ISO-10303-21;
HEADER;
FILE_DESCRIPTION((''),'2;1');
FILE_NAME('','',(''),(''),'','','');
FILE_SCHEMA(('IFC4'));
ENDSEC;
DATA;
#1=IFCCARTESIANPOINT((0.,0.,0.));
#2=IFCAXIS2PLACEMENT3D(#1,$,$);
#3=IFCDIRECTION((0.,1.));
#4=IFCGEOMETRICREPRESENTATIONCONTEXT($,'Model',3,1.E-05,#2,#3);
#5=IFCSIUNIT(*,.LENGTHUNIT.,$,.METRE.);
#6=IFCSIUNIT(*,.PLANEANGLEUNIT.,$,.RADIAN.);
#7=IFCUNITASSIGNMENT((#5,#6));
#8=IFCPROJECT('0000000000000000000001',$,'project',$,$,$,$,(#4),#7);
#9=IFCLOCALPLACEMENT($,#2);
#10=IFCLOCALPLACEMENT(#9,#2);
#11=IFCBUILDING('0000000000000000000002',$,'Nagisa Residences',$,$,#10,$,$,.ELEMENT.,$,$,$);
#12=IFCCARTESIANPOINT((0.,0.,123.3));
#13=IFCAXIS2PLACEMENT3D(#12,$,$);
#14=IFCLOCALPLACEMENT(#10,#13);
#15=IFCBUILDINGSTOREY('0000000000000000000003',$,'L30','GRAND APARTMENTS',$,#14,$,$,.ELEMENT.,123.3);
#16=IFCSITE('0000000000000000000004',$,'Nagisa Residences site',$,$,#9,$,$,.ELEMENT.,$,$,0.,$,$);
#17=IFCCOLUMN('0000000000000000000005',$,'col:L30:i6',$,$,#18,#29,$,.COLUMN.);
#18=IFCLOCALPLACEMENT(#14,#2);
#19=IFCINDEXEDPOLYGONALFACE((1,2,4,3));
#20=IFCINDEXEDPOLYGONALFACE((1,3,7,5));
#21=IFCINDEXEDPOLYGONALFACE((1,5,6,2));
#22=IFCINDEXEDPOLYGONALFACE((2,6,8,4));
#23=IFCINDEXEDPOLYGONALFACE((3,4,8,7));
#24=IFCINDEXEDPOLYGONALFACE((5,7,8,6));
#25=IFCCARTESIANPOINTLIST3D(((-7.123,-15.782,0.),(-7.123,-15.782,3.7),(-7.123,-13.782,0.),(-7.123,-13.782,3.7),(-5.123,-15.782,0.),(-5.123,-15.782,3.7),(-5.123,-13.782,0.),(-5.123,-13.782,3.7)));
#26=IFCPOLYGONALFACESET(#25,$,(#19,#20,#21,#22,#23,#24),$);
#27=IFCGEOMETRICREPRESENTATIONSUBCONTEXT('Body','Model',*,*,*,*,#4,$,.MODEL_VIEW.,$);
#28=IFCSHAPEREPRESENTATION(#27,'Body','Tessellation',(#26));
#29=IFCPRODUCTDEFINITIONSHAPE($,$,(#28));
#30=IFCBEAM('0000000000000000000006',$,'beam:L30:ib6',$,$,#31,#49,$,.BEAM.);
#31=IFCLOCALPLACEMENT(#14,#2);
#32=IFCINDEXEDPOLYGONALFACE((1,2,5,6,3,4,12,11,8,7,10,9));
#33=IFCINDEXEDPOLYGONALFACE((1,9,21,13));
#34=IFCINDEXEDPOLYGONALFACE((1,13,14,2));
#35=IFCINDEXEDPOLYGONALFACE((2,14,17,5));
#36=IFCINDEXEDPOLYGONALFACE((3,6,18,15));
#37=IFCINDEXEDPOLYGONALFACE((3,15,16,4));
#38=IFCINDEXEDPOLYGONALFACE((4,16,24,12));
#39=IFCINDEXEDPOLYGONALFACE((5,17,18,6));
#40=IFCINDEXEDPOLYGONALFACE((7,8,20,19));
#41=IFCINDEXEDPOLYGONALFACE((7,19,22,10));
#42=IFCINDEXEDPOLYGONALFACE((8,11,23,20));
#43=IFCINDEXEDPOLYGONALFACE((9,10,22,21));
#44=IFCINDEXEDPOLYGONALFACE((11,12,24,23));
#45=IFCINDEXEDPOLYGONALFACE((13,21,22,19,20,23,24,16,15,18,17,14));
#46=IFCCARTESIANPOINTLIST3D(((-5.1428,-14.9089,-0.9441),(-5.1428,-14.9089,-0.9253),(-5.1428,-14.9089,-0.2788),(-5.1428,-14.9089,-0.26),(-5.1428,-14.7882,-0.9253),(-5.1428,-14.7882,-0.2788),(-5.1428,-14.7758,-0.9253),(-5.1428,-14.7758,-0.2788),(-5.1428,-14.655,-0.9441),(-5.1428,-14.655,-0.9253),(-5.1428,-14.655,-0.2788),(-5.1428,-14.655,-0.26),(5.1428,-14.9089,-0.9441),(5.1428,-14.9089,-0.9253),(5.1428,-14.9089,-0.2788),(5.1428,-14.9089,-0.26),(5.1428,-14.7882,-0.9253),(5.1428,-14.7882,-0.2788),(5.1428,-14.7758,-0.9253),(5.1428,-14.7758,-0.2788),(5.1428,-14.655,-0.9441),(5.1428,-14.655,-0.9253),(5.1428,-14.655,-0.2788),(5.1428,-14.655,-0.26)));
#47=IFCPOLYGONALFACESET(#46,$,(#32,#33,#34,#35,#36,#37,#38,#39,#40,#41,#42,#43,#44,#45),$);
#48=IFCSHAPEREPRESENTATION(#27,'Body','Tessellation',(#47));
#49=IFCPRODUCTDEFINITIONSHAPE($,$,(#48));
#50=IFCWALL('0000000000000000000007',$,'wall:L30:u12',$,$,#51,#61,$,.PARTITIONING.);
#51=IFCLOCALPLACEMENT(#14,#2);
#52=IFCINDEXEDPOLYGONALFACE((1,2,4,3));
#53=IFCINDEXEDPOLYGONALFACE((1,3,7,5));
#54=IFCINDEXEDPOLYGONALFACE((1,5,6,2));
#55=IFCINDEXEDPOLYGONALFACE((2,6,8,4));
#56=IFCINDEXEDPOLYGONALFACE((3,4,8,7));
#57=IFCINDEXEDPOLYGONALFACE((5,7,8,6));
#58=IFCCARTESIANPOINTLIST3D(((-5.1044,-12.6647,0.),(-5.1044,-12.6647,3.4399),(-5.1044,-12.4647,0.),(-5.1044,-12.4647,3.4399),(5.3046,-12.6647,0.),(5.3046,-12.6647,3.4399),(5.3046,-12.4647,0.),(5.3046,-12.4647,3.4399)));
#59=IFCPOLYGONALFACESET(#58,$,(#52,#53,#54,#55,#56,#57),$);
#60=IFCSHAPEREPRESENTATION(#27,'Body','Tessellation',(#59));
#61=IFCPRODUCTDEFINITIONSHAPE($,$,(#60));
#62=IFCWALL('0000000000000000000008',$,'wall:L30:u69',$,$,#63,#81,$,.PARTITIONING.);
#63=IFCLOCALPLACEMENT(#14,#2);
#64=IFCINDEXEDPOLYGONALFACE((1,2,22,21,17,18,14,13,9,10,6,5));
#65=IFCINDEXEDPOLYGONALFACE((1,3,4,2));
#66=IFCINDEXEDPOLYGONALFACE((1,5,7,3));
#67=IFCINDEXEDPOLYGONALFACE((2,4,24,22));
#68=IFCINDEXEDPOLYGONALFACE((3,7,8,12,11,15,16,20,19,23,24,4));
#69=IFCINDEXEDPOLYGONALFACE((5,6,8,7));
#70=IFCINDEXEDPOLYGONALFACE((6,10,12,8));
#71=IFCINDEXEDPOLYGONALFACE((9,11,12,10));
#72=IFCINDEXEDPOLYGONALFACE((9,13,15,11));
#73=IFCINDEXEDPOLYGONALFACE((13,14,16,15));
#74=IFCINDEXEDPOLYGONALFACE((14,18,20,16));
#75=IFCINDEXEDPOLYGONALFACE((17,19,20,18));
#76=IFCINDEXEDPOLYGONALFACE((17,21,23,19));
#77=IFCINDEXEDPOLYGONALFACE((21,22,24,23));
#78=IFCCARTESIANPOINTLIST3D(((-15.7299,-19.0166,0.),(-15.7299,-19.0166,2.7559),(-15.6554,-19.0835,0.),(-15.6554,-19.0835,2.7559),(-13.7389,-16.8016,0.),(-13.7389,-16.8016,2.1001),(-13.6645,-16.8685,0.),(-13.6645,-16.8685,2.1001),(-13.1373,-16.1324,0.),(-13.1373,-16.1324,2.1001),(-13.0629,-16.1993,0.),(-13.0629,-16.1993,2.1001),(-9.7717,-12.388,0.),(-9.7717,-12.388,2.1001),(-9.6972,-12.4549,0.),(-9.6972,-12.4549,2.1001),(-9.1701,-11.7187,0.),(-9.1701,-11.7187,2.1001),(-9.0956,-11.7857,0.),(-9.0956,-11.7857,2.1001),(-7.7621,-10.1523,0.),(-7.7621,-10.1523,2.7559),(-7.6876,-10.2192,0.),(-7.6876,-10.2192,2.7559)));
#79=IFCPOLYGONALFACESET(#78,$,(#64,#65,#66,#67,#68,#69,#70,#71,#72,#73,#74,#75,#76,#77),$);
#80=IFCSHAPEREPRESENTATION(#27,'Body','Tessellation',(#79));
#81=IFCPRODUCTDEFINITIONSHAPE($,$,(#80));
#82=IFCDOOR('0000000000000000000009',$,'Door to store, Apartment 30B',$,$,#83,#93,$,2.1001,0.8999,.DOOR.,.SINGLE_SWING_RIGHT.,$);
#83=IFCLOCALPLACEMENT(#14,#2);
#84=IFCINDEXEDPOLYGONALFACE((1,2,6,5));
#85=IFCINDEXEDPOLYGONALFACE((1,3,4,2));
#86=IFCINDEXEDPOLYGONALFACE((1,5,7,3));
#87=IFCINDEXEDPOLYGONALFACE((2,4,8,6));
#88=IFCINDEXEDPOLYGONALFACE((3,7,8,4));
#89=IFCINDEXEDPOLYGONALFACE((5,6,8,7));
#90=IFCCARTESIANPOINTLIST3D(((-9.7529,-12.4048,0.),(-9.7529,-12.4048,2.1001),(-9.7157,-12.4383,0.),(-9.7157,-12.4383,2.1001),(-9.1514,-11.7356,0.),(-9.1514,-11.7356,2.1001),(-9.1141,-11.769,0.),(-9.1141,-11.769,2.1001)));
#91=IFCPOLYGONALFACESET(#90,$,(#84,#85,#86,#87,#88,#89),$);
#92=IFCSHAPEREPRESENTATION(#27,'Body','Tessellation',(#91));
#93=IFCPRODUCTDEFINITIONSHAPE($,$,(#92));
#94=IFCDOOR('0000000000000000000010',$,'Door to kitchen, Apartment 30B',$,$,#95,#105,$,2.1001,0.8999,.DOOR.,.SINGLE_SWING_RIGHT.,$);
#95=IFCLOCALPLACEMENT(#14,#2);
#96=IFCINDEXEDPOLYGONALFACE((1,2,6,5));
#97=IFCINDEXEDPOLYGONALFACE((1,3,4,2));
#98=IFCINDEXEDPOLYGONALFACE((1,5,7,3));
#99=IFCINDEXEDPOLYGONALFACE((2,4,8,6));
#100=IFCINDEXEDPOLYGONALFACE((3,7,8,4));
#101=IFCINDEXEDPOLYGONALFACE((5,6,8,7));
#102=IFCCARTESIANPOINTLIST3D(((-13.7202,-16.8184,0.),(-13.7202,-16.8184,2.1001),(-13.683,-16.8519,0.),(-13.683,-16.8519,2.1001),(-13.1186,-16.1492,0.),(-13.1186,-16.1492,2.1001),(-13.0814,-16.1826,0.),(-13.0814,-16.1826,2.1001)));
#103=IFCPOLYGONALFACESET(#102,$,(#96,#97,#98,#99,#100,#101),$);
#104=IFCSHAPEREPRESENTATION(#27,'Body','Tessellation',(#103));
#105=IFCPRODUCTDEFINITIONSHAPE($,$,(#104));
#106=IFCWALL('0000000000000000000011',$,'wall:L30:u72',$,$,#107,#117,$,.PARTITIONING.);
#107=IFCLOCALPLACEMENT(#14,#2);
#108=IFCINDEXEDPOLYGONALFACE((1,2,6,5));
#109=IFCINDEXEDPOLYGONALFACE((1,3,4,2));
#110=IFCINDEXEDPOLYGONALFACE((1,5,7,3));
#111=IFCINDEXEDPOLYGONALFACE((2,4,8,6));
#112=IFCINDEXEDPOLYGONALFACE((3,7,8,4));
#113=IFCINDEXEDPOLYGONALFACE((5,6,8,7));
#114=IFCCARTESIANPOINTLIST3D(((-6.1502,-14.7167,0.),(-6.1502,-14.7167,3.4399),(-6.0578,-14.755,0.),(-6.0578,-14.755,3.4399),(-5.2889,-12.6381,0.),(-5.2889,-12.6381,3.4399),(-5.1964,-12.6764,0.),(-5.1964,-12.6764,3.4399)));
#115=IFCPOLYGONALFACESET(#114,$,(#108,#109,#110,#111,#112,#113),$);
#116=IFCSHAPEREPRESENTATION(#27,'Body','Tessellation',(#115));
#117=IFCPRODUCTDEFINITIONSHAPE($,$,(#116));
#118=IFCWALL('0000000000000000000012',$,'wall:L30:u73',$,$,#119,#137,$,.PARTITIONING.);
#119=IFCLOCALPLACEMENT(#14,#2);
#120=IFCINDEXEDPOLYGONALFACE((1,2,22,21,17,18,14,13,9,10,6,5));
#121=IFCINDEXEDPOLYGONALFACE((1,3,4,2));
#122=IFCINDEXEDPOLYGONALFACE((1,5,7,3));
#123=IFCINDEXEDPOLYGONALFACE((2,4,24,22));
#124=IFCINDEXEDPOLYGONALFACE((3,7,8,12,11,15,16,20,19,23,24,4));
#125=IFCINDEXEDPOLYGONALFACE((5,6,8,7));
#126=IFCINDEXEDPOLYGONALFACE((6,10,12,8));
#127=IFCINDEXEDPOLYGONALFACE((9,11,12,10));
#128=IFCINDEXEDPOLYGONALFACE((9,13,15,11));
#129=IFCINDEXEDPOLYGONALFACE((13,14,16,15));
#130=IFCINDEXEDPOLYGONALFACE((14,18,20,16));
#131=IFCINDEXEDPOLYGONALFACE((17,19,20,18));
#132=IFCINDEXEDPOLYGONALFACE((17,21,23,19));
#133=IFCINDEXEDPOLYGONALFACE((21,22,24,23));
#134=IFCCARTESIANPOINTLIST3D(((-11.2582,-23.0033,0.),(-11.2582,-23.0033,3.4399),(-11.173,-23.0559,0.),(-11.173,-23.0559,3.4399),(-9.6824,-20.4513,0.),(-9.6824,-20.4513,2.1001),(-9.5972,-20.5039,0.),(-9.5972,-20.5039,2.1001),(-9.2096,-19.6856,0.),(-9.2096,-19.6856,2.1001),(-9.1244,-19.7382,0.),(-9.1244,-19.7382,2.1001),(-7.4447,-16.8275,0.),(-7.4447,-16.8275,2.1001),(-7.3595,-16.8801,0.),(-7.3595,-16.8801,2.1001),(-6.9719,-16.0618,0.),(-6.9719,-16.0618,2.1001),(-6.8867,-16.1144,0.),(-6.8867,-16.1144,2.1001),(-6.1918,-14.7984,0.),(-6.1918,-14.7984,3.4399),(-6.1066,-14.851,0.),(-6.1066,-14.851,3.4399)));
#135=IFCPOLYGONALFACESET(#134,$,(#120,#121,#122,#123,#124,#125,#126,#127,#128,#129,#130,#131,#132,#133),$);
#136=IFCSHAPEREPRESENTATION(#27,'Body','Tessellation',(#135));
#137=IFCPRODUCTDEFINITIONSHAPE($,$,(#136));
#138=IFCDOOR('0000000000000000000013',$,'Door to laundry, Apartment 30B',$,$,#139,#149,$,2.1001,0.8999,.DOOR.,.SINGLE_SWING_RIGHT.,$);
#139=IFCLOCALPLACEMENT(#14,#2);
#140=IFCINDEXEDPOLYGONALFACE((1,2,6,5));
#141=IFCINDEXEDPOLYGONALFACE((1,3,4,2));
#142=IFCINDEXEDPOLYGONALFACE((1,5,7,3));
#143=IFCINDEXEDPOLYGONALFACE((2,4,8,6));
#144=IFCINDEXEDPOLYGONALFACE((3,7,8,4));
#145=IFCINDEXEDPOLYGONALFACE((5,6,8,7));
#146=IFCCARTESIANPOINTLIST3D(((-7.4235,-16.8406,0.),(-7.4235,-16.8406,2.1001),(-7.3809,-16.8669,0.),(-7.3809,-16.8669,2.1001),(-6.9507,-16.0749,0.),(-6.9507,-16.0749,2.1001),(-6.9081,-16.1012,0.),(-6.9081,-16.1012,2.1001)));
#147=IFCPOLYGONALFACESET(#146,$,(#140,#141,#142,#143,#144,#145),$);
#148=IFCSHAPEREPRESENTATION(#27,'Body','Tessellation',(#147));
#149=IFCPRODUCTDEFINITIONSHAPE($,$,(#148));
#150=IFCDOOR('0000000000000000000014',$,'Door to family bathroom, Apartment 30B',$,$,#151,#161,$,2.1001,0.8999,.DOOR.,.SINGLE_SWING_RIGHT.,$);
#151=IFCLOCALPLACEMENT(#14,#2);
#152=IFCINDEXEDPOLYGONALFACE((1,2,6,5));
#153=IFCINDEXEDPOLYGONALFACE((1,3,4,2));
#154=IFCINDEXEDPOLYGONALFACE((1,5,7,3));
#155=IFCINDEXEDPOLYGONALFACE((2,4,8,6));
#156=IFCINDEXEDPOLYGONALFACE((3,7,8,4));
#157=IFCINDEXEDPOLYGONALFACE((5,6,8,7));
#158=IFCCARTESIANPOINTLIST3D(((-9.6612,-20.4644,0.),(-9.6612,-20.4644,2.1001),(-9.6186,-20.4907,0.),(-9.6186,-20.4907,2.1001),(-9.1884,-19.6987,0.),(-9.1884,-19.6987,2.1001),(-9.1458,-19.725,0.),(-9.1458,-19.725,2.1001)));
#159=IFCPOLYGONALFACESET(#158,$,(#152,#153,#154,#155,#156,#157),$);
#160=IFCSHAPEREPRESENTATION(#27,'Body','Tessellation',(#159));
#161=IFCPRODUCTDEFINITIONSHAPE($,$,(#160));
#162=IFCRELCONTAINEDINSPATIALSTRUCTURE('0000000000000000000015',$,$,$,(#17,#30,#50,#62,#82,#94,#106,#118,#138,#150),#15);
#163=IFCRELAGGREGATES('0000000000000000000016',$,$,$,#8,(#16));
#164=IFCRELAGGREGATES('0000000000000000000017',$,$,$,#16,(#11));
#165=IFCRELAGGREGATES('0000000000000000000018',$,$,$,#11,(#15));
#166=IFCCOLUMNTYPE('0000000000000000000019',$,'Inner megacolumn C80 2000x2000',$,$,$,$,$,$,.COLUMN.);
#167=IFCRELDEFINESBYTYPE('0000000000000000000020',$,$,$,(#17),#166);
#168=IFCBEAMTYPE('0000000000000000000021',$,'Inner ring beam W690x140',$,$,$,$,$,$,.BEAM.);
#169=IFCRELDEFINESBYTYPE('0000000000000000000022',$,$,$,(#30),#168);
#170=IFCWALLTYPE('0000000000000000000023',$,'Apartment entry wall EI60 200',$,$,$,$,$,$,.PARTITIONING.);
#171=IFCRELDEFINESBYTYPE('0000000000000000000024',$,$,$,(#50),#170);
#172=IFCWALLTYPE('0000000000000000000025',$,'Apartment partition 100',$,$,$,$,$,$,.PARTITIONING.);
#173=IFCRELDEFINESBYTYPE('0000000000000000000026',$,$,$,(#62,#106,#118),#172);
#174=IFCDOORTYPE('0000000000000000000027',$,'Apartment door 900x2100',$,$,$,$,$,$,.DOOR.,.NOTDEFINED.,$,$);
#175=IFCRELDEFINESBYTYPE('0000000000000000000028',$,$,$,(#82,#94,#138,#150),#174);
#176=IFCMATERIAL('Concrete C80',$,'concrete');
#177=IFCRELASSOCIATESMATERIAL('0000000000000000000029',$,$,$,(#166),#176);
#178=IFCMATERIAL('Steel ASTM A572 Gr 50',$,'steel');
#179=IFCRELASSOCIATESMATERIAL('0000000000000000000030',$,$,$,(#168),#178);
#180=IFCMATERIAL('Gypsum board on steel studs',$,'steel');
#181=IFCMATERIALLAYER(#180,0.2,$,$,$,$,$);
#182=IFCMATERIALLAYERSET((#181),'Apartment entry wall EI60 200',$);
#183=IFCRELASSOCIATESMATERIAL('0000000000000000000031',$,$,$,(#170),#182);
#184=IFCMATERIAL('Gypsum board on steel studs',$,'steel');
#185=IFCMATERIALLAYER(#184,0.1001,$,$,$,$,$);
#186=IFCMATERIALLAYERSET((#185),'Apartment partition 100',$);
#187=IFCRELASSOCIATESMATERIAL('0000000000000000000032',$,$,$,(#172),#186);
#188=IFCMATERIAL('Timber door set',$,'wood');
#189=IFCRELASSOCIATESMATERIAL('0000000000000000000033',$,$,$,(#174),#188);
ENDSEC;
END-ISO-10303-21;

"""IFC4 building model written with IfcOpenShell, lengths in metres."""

from ifc_helpers import new_model, si_unit, direction, frame, frame_2d, origin, origin_2d, place, context, subcontext, project, spatial, rectangle, i_section, extrude, material, layer, layer_set, material_profile, profile_set, type_object, element, fill, save


model = new_model("IFC4")

# Units and contexts
model_context = context("Model", 3, precision=1e-05, world=origin(), true_north=direction((0.0, 1.0)))
body_context = subcontext(model_context, "Body", "Model", "MODEL_VIEW")
ifc_project = project(units=[si_unit("LENGTHUNIT", "METRE"), si_unit("PLANEANGLEUNIT", "RADIAN")], contexts=[model_context])

# Site, building, storey
site_placement = place(None, origin())
site = spatial("IfcSite", under=ifc_project, at=site_placement, Name="Nagisa Residences site", CompositionType="ELEMENT", RefElevation=0.0)
building_placement = place(site_placement, origin())
building = spatial("IfcBuilding", under=site, at=building_placement, Name="Nagisa Residences", CompositionType="ELEMENT")
storey_placement = place(building_placement, frame((0.0, 0.0, 123.3)))
storey = spatial("IfcBuildingStorey", under=building, at=storey_placement, Name="L30", Description="GRAND APARTMENTS", CompositionType="ELEMENT", Elevation=123.3)

# Column
ifc_material_1 = material(Name="Concrete C80", Category="concrete")
ifc_material_profile_1 = material_profile(ifc_material_1, rectangle(XDim=2.0, YDim=2.0, at=origin_2d()), Name="C80 2000x2000")
ifc_profile_set_1 = profile_set([ifc_material_profile_1], Name="Concrete C80")
column_type = type_object("IfcColumnType", Name="Inner megacolumn C80 2000x2000", PredefinedType="COLUMN", material=ifc_profile_set_1)
column_placement = place(storey_placement, frame((-6.123, -14.782, 0.0), z_axis=(0.0, 0.0, 1.0), x_axis=(1.0, 0.0, 0.0)))
element("IfcColumn", 1, at=column_placement, inside=storey, type_object=column_type, Name="col:L30:i6", PredefinedType="COLUMN", context=body_context, shape_type="SweptSolid", body=[
    extrude(rectangle(XDim=2.0, YDim=2.0, at=origin_2d()), origin(), (0.0, 0.0, 1.0), 3.7),
])

# Beam
ifc_material_2 = material(Name="Steel ASTM A572 Gr 50", Category="steel")
ifc_material_profile_2 = material_profile(ifc_material_2, i_section(OverallWidth=0.2539, OverallDepth=0.6841, WebThickness=0.0125, FlangeThickness=0.0188, at=origin_2d()), Name="W690x140")
ifc_profile_set_2 = profile_set([ifc_material_profile_2], Name="Steel ASTM A572 Gr 50")
beam_type = type_object("IfcBeamType", Name="Inner ring beam W690x140", PredefinedType="BEAM", material=ifc_profile_set_2)
beam_placement = place(storey_placement, frame((-5.1428, -14.782, -0.6021), z_axis=(1.0, 0.0, 0.0), x_axis=(0.0, 1.0, 0.0)))
element("IfcBeam", 2, at=beam_placement, inside=storey, type_object=beam_type, Name="beam:L30:ib6", PredefinedType="BEAM", context=body_context, shape_type="SweptSolid", body=[
    extrude(i_section(OverallWidth=0.2539, OverallDepth=0.6841, WebThickness=0.0125, FlangeThickness=0.0188, at=origin_2d()), origin(), (0.0, 0.0, 1.0), 10.2856),
])

# Wall
ifc_material_3 = material(Name="Gypsum board on steel studs", Category="steel")
ifc_layer_1 = layer(ifc_material_3, 0.2)
ifc_layer_set_1 = layer_set([ifc_layer_1], Name="Apartment entry wall EI60 200")
wall_type_1 = type_object("IfcWallType", Name="Apartment entry wall EI60 200", PredefinedType="PARTITIONING", material=ifc_layer_set_1)
wall_1_placement = place(storey_placement, frame((-5.1045, -12.5647, 0.0), z_axis=(0.0, 0.0, 1.0), x_axis=(1.0, 0.0, 0.0)))
element("IfcWall", 3, at=wall_1_placement, inside=storey, type_object=wall_type_1, Name="wall:L30:u12", PredefinedType="PARTITIONING", context=body_context, shape_type="SweptSolid", body=[
    extrude(rectangle(XDim=10.4089, YDim=0.2, at=frame_2d((5.2046, 0.0))), origin(), (0.0, 0.0, 1.0), 3.4399),
])

# Wall, openings, doors
ifc_material_4 = material(Name="Gypsum board on steel studs", Category="steel")
ifc_layer_2 = layer(ifc_material_4, 0.1001)
ifc_layer_set_2 = layer_set([ifc_layer_2], Name="Apartment partition 100")
wall_type_2 = type_object("IfcWallType", Name="Apartment partition 100", PredefinedType="PARTITIONING", material=ifc_layer_set_2)
wall_2_placement = place(storey_placement, frame((-7.7249, -10.1858, 0.0), z_axis=(0.0, 0.0, 1.0), x_axis=(-0.668498, -0.743714, 0.0)))
wall_2 = element("IfcWall", 4, at=wall_2_placement, inside=storey, type_object=wall_type_2, Name="wall:L30:u69", PredefinedType="PARTITIONING", context=body_context, shape_type="SweptSolid", body=[
    extrude(rectangle(XDim=11.9189, YDim=0.1001, at=frame_2d((5.9595, 0.0))), origin(), (0.0, 0.0, 1.0), 2.7559),
])
opening_1_placement = place(wall_2_placement, frame((2.1062, 0.0, 0.0)))
opening_1 = element("IfcOpeningElement", 5, at=opening_1_placement, cuts=wall_2, PredefinedType="OPENING", context=body_context, shape_type="SweptSolid", body=[
    extrude(rectangle(XDim=0.8999, YDim=2.1001, at=frame_2d((0.45, 1.05))), frame((0.0, 0.0601, 0.0), z_axis=(0.0, -1.0, 0.0), x_axis=(1.0, 0.0, 0.0)), (0.0, 0.0, 1.0), 0.1201),
])
opening_2_placement = place(wall_2_placement, frame((8.0408, 0.0, 0.0)))
opening_2 = element("IfcOpeningElement", 6, at=opening_2_placement, cuts=wall_2, PredefinedType="OPENING", context=body_context, shape_type="SweptSolid", body=[
    extrude(rectangle(XDim=0.8999, YDim=2.1001, at=frame_2d((0.45, 1.05))), frame((0.0, 0.0601, 0.0), z_axis=(0.0, -1.0, 0.0), x_axis=(1.0, 0.0, 0.0)), (0.0, 0.0, 1.0), 0.1201),
])
ifc_material_5 = material(Name="Timber door set", Category="wood")
door_type_1 = type_object("IfcDoorType", Name="Apartment door 900x2100", OperationType="NOTDEFINED", PredefinedType="DOOR", material=ifc_material_5)
door_1_placement = place(opening_1_placement, frame((0.8999, 0.0, 0.0), x_axis=(-1.0, 0.0, 0.0)))
door_1 = element("IfcDoor", 7, at=door_1_placement, inside=storey, type_object=door_type_1, Name="Door to store, Apartment 30B", OperationType="SINGLE_SWING_RIGHT", OverallHeight=2.1001, OverallWidth=0.8999, PredefinedType="DOOR", context=body_context, shape_type="SweptSolid", body=[
    extrude(rectangle(XDim=0.8999, YDim=2.1001, at=frame_2d((0.45, 1.05))), frame((0.0, 0.0249, 0.0), z_axis=(0.0, -1.0, 0.0), x_axis=(1.0, 0.0, 0.0)), (0.0, 0.0, 1.0), 0.05),
])
fill(opening_1, door_1)
door_2_placement = place(opening_2_placement, frame((0.8999, 0.0, 0.0), x_axis=(-1.0, 0.0, 0.0)))
door_2 = element("IfcDoor", 8, at=door_2_placement, inside=storey, type_object=door_type_1, Name="Door to kitchen, Apartment 30B", OperationType="SINGLE_SWING_RIGHT", OverallHeight=2.1001, OverallWidth=0.8999, PredefinedType="DOOR", context=body_context, shape_type="SweptSolid", body=[
    extrude(rectangle(XDim=0.8999, YDim=2.1001, at=frame_2d((0.45, 1.05))), frame((0.0, 0.0249, 0.0), z_axis=(0.0, -1.0, 0.0), x_axis=(1.0, 0.0, 0.0)), (0.0, 0.0, 1.0), 0.05),
])
fill(opening_2, door_2)

# Wall
wall_3_placement = place(storey_placement, frame((-5.2427, -12.6572, 0.0), z_axis=(0.0, 0.0, 1.0), x_axis=(-0.382812, -0.923826, 0.0)))
element("IfcWall", 9, at=wall_3_placement, inside=storey, type_object=wall_type_2, Name="wall:L30:u72", PredefinedType="PARTITIONING", context=body_context, shape_type="SweptSolid", body=[
    extrude(rectangle(XDim=2.25, YDim=0.1001, at=frame_2d((1.125, 0.0))), origin(), (0.0, 0.0, 1.0), 3.4399),
])

# Wall, openings, doors
wall_4_placement = place(storey_placement, frame((-6.1492, -14.8247, 0.0), z_axis=(0.0, 0.0, 1.0), x_axis=(-0.525396, -0.850858, 0.0)))
wall_4 = element("IfcWall", 10, at=wall_4_placement, inside=storey, type_object=wall_type_2, Name="wall:L30:u73", PredefinedType="PARTITIONING", context=body_context, shape_type="SweptSolid", body=[
    extrude(rectangle(XDim=9.6431, YDim=0.1001, at=frame_2d((4.8215, 0.0))), origin(), (0.0, 0.0, 1.0), 3.4399),
])
opening_3_placement = place(wall_4_placement, frame((1.4849, 0.0, 0.0)))
opening_3 = element("IfcOpeningElement", 11, at=opening_3_placement, cuts=wall_4, PredefinedType="OPENING", context=body_context, shape_type="SweptSolid", body=[
    extrude(rectangle(XDim=0.8999, YDim=2.1001, at=frame_2d((0.45, 1.05))), frame((0.0, 0.0601, 0.0), z_axis=(0.0, -1.0, 0.0), x_axis=(1.0, 0.0, 0.0)), (0.0, 0.0, 1.0), 0.1201),
])
opening_4_placement = place(wall_4_placement, frame((5.7439, 0.0, 0.0)))
opening_4 = element("IfcOpeningElement", 12, at=opening_4_placement, cuts=wall_4, PredefinedType="OPENING", context=body_context, shape_type="SweptSolid", body=[
    extrude(rectangle(XDim=0.8999, YDim=2.1001, at=frame_2d((0.45, 1.05))), frame((0.0, 0.0601, 0.0), z_axis=(0.0, -1.0, 0.0), x_axis=(1.0, 0.0, 0.0)), (0.0, 0.0, 1.0), 0.1201),
])
door_3_placement = place(opening_3_placement, origin())
door_3 = element("IfcDoor", 13, at=door_3_placement, inside=storey, type_object=door_type_1, Name="Door to laundry, Apartment 30B", OperationType="SINGLE_SWING_RIGHT", OverallHeight=2.1001, OverallWidth=0.8999, PredefinedType="DOOR", context=body_context, shape_type="SweptSolid", body=[
    extrude(rectangle(XDim=0.8999, YDim=2.1001, at=frame_2d((0.45, 1.05))), frame((0.0, 0.0249, 0.0), z_axis=(0.0, -1.0, 0.0), x_axis=(1.0, 0.0, 0.0)), (0.0, 0.0, 1.0), 0.05),
])
fill(opening_3, door_3)
door_4_placement = place(opening_4_placement, origin())
door_4 = element("IfcDoor", 14, at=door_4_placement, inside=storey, type_object=door_type_1, Name="Door to family bathroom, Apartment 30B", OperationType="SINGLE_SWING_RIGHT", OverallHeight=2.1001, OverallWidth=0.8999, PredefinedType="DOOR", context=body_context, shape_type="SweptSolid", body=[
    extrude(rectangle(XDim=0.8999, YDim=2.1001, at=frame_2d((0.45, 1.05))), frame((0.0, 0.0249, 0.0), z_axis=(0.0, -1.0, 0.0), x_axis=(1.0, 0.0, 0.0)), (0.0, 0.0, 1.0), 0.05),
])
fill(opening_4, door_4)

save(model, "model.ifc")
